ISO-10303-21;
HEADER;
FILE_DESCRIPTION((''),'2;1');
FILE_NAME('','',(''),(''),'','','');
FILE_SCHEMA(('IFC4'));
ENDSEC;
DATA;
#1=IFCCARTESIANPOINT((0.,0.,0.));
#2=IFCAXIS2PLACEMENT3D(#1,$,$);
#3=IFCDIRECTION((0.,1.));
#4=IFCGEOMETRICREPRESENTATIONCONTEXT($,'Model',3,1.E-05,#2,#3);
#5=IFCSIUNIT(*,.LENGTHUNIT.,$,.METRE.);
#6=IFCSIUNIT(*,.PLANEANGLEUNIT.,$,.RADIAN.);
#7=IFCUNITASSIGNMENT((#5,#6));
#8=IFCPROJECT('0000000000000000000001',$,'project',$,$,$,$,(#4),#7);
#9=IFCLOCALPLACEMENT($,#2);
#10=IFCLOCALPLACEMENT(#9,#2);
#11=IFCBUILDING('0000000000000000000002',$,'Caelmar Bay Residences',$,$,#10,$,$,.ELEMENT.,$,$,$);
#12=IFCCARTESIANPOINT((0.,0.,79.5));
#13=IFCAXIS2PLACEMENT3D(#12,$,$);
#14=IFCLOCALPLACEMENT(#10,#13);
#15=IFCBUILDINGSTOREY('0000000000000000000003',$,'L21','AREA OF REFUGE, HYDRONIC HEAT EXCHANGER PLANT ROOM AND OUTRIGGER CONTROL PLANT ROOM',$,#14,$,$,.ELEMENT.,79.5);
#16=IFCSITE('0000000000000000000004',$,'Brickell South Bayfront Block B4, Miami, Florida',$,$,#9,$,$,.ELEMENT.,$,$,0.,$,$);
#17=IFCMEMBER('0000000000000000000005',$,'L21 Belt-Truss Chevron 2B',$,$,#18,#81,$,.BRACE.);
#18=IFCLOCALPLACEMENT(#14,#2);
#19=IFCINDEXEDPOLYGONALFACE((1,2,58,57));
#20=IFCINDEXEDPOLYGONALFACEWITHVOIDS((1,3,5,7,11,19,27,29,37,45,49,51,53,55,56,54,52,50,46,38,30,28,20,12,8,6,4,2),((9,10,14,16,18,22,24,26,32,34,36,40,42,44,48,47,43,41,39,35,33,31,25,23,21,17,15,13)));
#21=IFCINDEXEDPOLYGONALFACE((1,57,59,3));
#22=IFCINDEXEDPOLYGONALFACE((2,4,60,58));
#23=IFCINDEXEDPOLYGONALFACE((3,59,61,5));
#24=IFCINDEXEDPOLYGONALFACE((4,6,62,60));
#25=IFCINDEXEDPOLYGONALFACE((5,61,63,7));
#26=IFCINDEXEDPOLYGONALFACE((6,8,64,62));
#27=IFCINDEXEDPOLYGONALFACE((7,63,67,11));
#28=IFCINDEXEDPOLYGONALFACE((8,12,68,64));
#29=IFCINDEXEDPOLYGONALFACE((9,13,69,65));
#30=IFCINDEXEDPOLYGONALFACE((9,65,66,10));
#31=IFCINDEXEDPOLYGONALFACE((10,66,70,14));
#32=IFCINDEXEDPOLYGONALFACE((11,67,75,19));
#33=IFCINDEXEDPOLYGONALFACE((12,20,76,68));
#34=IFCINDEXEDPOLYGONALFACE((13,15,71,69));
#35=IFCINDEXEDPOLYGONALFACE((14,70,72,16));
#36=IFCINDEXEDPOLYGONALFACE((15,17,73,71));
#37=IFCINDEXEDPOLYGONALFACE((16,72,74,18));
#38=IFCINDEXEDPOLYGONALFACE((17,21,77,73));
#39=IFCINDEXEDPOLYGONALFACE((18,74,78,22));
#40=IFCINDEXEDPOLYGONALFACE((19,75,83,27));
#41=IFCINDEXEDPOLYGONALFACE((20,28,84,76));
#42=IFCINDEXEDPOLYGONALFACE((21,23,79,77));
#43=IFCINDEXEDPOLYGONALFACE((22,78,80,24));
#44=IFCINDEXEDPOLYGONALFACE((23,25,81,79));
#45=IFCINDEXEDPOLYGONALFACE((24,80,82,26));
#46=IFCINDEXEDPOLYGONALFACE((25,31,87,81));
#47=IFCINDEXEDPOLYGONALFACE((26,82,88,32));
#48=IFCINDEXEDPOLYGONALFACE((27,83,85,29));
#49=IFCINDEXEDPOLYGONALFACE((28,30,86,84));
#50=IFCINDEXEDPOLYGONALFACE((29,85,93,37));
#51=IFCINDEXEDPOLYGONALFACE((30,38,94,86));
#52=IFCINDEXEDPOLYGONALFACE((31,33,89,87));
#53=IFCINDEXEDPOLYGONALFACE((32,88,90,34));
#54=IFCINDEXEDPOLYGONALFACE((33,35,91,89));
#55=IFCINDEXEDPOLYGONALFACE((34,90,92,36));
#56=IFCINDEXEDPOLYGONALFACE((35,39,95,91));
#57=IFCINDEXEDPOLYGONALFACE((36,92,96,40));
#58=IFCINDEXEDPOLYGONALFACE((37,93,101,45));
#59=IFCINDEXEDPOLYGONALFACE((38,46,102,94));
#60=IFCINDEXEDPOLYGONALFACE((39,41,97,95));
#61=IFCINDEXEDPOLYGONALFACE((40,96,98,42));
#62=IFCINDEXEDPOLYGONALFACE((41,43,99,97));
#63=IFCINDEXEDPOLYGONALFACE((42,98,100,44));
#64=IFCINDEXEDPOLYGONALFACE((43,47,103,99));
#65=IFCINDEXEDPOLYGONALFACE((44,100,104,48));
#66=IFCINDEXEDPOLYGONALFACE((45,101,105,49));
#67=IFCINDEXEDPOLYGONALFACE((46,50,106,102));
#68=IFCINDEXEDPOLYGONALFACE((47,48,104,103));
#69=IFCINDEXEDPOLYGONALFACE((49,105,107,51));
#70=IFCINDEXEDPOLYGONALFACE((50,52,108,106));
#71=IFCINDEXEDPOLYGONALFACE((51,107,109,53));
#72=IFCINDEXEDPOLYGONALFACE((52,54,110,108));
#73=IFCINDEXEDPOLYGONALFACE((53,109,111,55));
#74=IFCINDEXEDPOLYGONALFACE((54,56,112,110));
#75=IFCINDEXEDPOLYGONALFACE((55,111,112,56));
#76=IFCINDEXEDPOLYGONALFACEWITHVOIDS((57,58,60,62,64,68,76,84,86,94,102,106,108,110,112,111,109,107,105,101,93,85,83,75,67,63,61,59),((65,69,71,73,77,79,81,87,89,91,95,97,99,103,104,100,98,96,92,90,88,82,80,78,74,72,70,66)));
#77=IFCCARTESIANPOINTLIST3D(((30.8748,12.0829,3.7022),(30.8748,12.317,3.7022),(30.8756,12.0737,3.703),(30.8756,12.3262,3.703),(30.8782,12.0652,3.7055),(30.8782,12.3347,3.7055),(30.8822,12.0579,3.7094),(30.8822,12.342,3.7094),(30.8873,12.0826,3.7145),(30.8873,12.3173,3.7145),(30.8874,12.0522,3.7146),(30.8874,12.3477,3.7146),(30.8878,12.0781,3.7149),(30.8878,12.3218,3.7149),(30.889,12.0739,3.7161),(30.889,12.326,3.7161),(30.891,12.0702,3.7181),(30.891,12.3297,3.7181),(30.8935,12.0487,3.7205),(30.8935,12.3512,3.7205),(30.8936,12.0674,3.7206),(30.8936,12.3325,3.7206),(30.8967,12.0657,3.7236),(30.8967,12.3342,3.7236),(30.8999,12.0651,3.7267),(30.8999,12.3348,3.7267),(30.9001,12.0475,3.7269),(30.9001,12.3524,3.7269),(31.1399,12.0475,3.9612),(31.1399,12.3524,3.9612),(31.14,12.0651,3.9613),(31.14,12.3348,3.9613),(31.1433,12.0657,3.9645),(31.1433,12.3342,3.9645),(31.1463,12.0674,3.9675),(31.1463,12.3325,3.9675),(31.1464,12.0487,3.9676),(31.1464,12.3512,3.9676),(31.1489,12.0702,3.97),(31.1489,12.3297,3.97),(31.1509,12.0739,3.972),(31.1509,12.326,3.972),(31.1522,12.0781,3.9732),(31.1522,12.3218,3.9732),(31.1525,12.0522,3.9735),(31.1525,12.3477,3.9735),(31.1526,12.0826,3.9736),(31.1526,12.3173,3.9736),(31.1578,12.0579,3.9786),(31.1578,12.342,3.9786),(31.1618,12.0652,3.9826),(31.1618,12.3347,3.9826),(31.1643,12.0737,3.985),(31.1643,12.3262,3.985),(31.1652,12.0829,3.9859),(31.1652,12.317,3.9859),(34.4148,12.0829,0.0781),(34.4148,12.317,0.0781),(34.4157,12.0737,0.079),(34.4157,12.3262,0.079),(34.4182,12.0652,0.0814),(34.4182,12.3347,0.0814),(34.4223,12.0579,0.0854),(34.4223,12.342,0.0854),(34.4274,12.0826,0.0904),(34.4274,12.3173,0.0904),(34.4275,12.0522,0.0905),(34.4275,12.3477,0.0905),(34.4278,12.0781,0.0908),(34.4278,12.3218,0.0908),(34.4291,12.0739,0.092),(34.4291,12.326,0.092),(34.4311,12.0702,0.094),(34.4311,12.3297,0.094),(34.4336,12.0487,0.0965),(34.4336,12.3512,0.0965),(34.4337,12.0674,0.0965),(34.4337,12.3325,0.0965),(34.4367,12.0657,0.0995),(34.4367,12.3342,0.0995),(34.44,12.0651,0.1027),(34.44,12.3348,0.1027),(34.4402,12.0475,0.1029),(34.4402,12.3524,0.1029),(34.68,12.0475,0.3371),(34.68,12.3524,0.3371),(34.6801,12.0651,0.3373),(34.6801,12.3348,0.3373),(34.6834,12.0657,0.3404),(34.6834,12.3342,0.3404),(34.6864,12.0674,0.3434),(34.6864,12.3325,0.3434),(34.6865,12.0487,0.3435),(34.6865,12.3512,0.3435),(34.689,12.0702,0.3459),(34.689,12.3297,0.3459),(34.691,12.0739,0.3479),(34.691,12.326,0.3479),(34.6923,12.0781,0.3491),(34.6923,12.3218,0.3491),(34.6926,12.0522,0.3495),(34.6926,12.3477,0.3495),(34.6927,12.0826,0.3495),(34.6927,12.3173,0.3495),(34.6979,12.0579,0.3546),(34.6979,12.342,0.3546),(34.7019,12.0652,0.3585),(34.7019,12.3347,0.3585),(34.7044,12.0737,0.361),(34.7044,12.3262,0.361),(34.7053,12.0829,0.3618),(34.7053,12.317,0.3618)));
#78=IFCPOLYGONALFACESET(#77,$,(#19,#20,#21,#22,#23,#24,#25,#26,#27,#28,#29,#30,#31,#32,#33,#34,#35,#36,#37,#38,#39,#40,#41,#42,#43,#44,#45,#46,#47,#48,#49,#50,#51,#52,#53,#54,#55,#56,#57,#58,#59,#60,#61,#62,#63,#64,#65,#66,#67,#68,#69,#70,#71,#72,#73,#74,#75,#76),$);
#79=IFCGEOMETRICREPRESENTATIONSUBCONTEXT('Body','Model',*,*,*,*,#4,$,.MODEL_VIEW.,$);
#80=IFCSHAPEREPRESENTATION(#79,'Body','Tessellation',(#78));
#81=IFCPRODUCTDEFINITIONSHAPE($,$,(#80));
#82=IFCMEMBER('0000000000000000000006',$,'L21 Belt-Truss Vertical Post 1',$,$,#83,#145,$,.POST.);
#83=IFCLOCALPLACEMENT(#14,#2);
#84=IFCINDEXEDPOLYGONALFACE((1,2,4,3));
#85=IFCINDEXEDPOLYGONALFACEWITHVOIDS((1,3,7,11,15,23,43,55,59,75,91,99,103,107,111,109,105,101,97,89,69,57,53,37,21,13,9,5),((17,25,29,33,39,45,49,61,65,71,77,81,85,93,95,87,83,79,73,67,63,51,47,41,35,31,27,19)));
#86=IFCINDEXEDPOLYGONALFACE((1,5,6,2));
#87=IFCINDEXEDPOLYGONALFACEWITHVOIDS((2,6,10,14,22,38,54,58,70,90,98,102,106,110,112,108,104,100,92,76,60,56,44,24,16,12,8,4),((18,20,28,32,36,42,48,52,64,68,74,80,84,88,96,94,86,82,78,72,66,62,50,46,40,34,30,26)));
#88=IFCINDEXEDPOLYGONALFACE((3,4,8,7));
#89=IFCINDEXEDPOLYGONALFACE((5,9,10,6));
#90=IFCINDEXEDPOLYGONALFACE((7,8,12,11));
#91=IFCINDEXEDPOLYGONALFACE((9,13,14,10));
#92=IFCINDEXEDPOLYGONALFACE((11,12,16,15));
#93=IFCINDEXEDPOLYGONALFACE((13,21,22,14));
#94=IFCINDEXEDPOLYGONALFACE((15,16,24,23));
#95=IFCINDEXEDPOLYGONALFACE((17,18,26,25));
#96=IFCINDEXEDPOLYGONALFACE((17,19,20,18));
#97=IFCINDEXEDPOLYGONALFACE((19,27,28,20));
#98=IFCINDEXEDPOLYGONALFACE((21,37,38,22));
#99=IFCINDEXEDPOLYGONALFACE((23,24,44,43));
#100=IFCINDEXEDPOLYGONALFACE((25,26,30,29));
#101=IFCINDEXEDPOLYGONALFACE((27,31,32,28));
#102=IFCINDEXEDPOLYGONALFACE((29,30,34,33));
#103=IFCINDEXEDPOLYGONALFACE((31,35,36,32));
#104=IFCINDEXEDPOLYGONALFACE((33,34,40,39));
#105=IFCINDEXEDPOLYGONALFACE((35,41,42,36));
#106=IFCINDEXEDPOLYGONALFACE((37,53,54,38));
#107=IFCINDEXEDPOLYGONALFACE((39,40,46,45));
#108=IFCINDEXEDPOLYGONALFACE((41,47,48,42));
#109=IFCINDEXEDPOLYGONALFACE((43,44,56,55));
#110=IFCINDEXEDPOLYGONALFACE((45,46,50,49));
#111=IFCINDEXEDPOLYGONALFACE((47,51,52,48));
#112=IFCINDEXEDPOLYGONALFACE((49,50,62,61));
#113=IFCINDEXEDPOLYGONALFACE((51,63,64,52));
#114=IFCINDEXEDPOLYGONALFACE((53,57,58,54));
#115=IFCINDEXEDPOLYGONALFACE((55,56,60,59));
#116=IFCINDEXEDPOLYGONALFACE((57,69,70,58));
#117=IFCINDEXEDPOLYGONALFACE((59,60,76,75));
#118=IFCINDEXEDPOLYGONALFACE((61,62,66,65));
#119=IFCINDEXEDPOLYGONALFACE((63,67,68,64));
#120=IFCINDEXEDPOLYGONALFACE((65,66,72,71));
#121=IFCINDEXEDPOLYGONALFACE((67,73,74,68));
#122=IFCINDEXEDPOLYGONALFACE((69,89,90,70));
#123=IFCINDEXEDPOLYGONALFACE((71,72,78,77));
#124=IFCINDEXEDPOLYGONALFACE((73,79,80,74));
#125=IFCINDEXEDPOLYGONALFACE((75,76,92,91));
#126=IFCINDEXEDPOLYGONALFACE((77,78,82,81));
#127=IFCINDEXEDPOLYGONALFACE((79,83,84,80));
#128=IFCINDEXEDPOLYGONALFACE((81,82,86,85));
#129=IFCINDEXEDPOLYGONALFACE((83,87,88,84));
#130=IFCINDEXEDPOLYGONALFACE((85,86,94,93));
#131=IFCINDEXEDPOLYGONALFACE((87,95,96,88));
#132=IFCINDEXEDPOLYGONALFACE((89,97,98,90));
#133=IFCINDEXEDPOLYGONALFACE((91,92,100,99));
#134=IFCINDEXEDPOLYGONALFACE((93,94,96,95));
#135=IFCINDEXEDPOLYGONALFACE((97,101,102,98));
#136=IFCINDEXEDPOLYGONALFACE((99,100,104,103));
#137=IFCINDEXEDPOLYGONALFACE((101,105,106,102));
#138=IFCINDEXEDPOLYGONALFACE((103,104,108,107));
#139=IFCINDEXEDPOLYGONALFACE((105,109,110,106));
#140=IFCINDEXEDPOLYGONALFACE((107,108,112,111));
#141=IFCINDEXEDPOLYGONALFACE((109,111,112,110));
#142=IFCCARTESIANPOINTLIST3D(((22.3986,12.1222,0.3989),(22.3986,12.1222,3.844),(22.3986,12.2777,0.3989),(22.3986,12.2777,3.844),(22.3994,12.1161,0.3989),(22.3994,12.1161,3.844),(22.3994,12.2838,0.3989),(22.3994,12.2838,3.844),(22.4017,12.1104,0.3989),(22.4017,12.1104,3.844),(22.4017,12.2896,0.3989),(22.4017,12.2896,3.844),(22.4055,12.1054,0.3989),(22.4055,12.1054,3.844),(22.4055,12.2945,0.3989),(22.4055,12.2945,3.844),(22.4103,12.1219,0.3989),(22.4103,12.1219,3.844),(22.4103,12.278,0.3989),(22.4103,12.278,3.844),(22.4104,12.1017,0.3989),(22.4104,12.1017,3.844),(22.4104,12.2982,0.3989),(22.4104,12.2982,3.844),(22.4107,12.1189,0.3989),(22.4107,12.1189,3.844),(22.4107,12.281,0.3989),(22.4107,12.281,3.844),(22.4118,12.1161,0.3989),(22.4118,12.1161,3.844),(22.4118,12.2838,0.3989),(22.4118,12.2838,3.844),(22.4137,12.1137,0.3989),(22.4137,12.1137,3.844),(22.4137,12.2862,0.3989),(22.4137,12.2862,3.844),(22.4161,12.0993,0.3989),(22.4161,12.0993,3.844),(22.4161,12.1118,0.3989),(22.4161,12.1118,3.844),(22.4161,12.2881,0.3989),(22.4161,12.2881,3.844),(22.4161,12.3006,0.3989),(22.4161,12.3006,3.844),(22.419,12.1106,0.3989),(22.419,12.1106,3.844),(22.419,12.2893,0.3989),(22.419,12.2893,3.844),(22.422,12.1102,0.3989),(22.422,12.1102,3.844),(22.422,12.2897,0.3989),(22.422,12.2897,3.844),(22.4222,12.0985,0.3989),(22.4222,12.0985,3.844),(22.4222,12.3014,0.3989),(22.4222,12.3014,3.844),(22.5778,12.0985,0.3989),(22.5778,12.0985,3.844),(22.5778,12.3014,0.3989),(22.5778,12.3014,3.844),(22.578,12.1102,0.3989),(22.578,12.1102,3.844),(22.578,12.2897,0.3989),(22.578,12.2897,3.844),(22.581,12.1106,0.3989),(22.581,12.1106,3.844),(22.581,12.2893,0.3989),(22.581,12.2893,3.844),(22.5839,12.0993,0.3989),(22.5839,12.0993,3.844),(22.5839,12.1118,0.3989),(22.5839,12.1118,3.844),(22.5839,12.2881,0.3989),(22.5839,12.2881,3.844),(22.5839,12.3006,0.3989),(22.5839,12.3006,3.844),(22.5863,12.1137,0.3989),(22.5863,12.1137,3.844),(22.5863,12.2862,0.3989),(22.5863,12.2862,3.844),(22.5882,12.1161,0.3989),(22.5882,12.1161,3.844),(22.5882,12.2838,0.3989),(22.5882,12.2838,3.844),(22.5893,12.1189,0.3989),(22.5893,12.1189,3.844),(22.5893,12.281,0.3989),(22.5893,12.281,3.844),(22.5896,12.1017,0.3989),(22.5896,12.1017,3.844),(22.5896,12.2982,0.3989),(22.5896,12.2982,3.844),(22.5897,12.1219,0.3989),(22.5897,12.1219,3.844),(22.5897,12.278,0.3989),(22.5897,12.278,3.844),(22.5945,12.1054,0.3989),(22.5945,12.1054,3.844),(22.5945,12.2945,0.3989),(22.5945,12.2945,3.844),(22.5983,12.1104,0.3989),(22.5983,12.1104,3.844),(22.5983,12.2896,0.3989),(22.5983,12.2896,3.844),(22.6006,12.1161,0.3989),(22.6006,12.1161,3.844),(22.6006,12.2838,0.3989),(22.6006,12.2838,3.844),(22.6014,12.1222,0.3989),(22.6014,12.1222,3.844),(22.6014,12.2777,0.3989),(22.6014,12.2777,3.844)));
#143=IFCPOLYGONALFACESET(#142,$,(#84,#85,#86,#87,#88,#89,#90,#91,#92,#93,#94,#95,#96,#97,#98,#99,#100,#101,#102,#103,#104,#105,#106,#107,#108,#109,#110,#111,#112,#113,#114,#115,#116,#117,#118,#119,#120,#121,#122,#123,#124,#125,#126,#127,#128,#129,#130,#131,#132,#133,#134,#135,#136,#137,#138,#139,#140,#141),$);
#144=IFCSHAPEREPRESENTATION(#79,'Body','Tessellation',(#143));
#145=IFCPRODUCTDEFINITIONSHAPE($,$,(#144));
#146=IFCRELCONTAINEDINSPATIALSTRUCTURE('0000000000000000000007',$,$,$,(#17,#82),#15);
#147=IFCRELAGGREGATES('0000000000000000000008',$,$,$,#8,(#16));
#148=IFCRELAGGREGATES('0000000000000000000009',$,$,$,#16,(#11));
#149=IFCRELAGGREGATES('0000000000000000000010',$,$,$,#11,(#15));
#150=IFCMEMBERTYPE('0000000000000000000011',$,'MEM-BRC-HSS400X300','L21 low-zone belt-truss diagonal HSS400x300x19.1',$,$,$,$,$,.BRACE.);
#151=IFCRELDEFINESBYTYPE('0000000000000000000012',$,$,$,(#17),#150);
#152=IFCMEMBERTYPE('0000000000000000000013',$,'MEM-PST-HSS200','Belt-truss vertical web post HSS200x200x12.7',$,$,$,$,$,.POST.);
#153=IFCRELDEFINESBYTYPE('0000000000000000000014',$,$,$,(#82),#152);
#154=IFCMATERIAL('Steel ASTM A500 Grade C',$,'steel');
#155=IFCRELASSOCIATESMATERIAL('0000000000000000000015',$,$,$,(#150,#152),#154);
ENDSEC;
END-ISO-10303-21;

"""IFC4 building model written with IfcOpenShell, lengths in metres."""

from ifc_helpers import new_model, si_unit, direction, frame, origin, origin_2d, place, context, subcontext, project, spatial, hollow_rectangle, extrude, material, material_profile, profile_set, type_object, element, save


model = new_model("IFC4")

# Units and contexts
model_context = context("Model", 3, precision=1e-05, world=origin(), true_north=direction((0.0, 1.0)))
body_context = subcontext(model_context, "Body", "Model", "MODEL_VIEW")
ifc_project = project(units=[si_unit("LENGTHUNIT", "METRE"), si_unit("PLANEANGLEUNIT", "RADIAN")], contexts=[model_context])

# Site, building, storey
site_placement = place(None, origin())
site = spatial("IfcSite", under=ifc_project, at=site_placement, Name="Brickell South Bayfront Block B4, Miami, Florida", CompositionType="ELEMENT", RefElevation=0.0)
building_placement = place(site_placement, origin())
building = spatial("IfcBuilding", under=site, at=building_placement, Name="Caelmar Bay Residences", CompositionType="ELEMENT")
storey_placement = place(building_placement, frame((0.0, 0.0, 79.5)))
storey = spatial("IfcBuildingStorey", under=building, at=storey_placement, Name="L21", Description="AREA OF REFUGE, HYDRONIC HEAT EXCHANGER PLANT ROOM AND OUTRIGGER CONTROL PLANT ROOM", CompositionType="ELEMENT", Elevation=79.5)

# Members
ifc_material_1 = material(Name="Steel ASTM A500 Grade C", Category="steel")
ifc_material_profile_1 = material_profile(ifc_material_1, hollow_rectangle(XDim=0.3049, YDim=0.406, WallThickness=0.0176, InnerFilletRadius=0.0176, OuterFilletRadius=0.0354, at=origin_2d()), Name="HSS400X300X19.1")
ifc_profile_set_1 = profile_set([ifc_material_profile_1], Name="Steel ASTM A500 Grade C")
member_type_1 = type_object("IfcMemberType", Name="MEM-BRC-HSS400X300", Description="L21 low-zone belt-truss diagonal HSS400x300x19.1", PredefinedType="BRACE", material=ifc_profile_set_1)
for number, where, z_axis, x_axis, name in (
    (1, (34.5601, 12.2, 0.22), (-0.698769, 0.0, 0.715347), (0.0, -1.0, 0.0), "L21 Belt-Truss Chevron 2B"),
):
    element("IfcMember", number, at=place(storey_placement, frame(where, z_axis=z_axis, x_axis=x_axis)), inside=storey, type_object=member_type_1, Name=name, PredefinedType="BRACE", context=body_context, shape_type="SweptSolid", body=[
        extrude(hollow_rectangle(XDim=0.3049, YDim=0.406, WallThickness=0.0176, InnerFilletRadius=0.0176, OuterFilletRadius=0.0354, at=origin_2d()), origin(), (0.0, 0.0, 1.0), 5.0662),
    ])
ifc_material_profile_2 = material_profile(ifc_material_1, hollow_rectangle(XDim=0.2029, YDim=0.2029, WallThickness=0.0117, InnerFilletRadius=0.0117, OuterFilletRadius=0.0237, at=origin_2d()), Name="HSS200X200X12.7")
ifc_profile_set_2 = profile_set([ifc_material_profile_2], Name="Steel ASTM A500 Grade C")
member_type_2 = type_object("IfcMemberType", Name="MEM-PST-HSS200", Description="Belt-truss vertical web post HSS200x200x12.7", PredefinedType="POST", material=ifc_profile_set_2)
for number, where, z_axis, x_axis, name in (
    (2, (22.5, 12.2, 0.3989), (0.0, 0.0, 1.0), (1.0, 0.0, 0.0), "L21 Belt-Truss Vertical Post 1"),
):
    element("IfcMember", number, at=place(storey_placement, frame(where, z_axis=z_axis, x_axis=x_axis)), inside=storey, type_object=member_type_2, Name=name, PredefinedType="POST", context=body_context, shape_type="SweptSolid", body=[
        extrude(hollow_rectangle(XDim=0.2029, YDim=0.2029, WallThickness=0.0117, InnerFilletRadius=0.0117, OuterFilletRadius=0.0237, at=origin_2d()), origin(), (0.0, 0.0, 1.0), 3.4451),
    ])

save(model, "model.ifc")
